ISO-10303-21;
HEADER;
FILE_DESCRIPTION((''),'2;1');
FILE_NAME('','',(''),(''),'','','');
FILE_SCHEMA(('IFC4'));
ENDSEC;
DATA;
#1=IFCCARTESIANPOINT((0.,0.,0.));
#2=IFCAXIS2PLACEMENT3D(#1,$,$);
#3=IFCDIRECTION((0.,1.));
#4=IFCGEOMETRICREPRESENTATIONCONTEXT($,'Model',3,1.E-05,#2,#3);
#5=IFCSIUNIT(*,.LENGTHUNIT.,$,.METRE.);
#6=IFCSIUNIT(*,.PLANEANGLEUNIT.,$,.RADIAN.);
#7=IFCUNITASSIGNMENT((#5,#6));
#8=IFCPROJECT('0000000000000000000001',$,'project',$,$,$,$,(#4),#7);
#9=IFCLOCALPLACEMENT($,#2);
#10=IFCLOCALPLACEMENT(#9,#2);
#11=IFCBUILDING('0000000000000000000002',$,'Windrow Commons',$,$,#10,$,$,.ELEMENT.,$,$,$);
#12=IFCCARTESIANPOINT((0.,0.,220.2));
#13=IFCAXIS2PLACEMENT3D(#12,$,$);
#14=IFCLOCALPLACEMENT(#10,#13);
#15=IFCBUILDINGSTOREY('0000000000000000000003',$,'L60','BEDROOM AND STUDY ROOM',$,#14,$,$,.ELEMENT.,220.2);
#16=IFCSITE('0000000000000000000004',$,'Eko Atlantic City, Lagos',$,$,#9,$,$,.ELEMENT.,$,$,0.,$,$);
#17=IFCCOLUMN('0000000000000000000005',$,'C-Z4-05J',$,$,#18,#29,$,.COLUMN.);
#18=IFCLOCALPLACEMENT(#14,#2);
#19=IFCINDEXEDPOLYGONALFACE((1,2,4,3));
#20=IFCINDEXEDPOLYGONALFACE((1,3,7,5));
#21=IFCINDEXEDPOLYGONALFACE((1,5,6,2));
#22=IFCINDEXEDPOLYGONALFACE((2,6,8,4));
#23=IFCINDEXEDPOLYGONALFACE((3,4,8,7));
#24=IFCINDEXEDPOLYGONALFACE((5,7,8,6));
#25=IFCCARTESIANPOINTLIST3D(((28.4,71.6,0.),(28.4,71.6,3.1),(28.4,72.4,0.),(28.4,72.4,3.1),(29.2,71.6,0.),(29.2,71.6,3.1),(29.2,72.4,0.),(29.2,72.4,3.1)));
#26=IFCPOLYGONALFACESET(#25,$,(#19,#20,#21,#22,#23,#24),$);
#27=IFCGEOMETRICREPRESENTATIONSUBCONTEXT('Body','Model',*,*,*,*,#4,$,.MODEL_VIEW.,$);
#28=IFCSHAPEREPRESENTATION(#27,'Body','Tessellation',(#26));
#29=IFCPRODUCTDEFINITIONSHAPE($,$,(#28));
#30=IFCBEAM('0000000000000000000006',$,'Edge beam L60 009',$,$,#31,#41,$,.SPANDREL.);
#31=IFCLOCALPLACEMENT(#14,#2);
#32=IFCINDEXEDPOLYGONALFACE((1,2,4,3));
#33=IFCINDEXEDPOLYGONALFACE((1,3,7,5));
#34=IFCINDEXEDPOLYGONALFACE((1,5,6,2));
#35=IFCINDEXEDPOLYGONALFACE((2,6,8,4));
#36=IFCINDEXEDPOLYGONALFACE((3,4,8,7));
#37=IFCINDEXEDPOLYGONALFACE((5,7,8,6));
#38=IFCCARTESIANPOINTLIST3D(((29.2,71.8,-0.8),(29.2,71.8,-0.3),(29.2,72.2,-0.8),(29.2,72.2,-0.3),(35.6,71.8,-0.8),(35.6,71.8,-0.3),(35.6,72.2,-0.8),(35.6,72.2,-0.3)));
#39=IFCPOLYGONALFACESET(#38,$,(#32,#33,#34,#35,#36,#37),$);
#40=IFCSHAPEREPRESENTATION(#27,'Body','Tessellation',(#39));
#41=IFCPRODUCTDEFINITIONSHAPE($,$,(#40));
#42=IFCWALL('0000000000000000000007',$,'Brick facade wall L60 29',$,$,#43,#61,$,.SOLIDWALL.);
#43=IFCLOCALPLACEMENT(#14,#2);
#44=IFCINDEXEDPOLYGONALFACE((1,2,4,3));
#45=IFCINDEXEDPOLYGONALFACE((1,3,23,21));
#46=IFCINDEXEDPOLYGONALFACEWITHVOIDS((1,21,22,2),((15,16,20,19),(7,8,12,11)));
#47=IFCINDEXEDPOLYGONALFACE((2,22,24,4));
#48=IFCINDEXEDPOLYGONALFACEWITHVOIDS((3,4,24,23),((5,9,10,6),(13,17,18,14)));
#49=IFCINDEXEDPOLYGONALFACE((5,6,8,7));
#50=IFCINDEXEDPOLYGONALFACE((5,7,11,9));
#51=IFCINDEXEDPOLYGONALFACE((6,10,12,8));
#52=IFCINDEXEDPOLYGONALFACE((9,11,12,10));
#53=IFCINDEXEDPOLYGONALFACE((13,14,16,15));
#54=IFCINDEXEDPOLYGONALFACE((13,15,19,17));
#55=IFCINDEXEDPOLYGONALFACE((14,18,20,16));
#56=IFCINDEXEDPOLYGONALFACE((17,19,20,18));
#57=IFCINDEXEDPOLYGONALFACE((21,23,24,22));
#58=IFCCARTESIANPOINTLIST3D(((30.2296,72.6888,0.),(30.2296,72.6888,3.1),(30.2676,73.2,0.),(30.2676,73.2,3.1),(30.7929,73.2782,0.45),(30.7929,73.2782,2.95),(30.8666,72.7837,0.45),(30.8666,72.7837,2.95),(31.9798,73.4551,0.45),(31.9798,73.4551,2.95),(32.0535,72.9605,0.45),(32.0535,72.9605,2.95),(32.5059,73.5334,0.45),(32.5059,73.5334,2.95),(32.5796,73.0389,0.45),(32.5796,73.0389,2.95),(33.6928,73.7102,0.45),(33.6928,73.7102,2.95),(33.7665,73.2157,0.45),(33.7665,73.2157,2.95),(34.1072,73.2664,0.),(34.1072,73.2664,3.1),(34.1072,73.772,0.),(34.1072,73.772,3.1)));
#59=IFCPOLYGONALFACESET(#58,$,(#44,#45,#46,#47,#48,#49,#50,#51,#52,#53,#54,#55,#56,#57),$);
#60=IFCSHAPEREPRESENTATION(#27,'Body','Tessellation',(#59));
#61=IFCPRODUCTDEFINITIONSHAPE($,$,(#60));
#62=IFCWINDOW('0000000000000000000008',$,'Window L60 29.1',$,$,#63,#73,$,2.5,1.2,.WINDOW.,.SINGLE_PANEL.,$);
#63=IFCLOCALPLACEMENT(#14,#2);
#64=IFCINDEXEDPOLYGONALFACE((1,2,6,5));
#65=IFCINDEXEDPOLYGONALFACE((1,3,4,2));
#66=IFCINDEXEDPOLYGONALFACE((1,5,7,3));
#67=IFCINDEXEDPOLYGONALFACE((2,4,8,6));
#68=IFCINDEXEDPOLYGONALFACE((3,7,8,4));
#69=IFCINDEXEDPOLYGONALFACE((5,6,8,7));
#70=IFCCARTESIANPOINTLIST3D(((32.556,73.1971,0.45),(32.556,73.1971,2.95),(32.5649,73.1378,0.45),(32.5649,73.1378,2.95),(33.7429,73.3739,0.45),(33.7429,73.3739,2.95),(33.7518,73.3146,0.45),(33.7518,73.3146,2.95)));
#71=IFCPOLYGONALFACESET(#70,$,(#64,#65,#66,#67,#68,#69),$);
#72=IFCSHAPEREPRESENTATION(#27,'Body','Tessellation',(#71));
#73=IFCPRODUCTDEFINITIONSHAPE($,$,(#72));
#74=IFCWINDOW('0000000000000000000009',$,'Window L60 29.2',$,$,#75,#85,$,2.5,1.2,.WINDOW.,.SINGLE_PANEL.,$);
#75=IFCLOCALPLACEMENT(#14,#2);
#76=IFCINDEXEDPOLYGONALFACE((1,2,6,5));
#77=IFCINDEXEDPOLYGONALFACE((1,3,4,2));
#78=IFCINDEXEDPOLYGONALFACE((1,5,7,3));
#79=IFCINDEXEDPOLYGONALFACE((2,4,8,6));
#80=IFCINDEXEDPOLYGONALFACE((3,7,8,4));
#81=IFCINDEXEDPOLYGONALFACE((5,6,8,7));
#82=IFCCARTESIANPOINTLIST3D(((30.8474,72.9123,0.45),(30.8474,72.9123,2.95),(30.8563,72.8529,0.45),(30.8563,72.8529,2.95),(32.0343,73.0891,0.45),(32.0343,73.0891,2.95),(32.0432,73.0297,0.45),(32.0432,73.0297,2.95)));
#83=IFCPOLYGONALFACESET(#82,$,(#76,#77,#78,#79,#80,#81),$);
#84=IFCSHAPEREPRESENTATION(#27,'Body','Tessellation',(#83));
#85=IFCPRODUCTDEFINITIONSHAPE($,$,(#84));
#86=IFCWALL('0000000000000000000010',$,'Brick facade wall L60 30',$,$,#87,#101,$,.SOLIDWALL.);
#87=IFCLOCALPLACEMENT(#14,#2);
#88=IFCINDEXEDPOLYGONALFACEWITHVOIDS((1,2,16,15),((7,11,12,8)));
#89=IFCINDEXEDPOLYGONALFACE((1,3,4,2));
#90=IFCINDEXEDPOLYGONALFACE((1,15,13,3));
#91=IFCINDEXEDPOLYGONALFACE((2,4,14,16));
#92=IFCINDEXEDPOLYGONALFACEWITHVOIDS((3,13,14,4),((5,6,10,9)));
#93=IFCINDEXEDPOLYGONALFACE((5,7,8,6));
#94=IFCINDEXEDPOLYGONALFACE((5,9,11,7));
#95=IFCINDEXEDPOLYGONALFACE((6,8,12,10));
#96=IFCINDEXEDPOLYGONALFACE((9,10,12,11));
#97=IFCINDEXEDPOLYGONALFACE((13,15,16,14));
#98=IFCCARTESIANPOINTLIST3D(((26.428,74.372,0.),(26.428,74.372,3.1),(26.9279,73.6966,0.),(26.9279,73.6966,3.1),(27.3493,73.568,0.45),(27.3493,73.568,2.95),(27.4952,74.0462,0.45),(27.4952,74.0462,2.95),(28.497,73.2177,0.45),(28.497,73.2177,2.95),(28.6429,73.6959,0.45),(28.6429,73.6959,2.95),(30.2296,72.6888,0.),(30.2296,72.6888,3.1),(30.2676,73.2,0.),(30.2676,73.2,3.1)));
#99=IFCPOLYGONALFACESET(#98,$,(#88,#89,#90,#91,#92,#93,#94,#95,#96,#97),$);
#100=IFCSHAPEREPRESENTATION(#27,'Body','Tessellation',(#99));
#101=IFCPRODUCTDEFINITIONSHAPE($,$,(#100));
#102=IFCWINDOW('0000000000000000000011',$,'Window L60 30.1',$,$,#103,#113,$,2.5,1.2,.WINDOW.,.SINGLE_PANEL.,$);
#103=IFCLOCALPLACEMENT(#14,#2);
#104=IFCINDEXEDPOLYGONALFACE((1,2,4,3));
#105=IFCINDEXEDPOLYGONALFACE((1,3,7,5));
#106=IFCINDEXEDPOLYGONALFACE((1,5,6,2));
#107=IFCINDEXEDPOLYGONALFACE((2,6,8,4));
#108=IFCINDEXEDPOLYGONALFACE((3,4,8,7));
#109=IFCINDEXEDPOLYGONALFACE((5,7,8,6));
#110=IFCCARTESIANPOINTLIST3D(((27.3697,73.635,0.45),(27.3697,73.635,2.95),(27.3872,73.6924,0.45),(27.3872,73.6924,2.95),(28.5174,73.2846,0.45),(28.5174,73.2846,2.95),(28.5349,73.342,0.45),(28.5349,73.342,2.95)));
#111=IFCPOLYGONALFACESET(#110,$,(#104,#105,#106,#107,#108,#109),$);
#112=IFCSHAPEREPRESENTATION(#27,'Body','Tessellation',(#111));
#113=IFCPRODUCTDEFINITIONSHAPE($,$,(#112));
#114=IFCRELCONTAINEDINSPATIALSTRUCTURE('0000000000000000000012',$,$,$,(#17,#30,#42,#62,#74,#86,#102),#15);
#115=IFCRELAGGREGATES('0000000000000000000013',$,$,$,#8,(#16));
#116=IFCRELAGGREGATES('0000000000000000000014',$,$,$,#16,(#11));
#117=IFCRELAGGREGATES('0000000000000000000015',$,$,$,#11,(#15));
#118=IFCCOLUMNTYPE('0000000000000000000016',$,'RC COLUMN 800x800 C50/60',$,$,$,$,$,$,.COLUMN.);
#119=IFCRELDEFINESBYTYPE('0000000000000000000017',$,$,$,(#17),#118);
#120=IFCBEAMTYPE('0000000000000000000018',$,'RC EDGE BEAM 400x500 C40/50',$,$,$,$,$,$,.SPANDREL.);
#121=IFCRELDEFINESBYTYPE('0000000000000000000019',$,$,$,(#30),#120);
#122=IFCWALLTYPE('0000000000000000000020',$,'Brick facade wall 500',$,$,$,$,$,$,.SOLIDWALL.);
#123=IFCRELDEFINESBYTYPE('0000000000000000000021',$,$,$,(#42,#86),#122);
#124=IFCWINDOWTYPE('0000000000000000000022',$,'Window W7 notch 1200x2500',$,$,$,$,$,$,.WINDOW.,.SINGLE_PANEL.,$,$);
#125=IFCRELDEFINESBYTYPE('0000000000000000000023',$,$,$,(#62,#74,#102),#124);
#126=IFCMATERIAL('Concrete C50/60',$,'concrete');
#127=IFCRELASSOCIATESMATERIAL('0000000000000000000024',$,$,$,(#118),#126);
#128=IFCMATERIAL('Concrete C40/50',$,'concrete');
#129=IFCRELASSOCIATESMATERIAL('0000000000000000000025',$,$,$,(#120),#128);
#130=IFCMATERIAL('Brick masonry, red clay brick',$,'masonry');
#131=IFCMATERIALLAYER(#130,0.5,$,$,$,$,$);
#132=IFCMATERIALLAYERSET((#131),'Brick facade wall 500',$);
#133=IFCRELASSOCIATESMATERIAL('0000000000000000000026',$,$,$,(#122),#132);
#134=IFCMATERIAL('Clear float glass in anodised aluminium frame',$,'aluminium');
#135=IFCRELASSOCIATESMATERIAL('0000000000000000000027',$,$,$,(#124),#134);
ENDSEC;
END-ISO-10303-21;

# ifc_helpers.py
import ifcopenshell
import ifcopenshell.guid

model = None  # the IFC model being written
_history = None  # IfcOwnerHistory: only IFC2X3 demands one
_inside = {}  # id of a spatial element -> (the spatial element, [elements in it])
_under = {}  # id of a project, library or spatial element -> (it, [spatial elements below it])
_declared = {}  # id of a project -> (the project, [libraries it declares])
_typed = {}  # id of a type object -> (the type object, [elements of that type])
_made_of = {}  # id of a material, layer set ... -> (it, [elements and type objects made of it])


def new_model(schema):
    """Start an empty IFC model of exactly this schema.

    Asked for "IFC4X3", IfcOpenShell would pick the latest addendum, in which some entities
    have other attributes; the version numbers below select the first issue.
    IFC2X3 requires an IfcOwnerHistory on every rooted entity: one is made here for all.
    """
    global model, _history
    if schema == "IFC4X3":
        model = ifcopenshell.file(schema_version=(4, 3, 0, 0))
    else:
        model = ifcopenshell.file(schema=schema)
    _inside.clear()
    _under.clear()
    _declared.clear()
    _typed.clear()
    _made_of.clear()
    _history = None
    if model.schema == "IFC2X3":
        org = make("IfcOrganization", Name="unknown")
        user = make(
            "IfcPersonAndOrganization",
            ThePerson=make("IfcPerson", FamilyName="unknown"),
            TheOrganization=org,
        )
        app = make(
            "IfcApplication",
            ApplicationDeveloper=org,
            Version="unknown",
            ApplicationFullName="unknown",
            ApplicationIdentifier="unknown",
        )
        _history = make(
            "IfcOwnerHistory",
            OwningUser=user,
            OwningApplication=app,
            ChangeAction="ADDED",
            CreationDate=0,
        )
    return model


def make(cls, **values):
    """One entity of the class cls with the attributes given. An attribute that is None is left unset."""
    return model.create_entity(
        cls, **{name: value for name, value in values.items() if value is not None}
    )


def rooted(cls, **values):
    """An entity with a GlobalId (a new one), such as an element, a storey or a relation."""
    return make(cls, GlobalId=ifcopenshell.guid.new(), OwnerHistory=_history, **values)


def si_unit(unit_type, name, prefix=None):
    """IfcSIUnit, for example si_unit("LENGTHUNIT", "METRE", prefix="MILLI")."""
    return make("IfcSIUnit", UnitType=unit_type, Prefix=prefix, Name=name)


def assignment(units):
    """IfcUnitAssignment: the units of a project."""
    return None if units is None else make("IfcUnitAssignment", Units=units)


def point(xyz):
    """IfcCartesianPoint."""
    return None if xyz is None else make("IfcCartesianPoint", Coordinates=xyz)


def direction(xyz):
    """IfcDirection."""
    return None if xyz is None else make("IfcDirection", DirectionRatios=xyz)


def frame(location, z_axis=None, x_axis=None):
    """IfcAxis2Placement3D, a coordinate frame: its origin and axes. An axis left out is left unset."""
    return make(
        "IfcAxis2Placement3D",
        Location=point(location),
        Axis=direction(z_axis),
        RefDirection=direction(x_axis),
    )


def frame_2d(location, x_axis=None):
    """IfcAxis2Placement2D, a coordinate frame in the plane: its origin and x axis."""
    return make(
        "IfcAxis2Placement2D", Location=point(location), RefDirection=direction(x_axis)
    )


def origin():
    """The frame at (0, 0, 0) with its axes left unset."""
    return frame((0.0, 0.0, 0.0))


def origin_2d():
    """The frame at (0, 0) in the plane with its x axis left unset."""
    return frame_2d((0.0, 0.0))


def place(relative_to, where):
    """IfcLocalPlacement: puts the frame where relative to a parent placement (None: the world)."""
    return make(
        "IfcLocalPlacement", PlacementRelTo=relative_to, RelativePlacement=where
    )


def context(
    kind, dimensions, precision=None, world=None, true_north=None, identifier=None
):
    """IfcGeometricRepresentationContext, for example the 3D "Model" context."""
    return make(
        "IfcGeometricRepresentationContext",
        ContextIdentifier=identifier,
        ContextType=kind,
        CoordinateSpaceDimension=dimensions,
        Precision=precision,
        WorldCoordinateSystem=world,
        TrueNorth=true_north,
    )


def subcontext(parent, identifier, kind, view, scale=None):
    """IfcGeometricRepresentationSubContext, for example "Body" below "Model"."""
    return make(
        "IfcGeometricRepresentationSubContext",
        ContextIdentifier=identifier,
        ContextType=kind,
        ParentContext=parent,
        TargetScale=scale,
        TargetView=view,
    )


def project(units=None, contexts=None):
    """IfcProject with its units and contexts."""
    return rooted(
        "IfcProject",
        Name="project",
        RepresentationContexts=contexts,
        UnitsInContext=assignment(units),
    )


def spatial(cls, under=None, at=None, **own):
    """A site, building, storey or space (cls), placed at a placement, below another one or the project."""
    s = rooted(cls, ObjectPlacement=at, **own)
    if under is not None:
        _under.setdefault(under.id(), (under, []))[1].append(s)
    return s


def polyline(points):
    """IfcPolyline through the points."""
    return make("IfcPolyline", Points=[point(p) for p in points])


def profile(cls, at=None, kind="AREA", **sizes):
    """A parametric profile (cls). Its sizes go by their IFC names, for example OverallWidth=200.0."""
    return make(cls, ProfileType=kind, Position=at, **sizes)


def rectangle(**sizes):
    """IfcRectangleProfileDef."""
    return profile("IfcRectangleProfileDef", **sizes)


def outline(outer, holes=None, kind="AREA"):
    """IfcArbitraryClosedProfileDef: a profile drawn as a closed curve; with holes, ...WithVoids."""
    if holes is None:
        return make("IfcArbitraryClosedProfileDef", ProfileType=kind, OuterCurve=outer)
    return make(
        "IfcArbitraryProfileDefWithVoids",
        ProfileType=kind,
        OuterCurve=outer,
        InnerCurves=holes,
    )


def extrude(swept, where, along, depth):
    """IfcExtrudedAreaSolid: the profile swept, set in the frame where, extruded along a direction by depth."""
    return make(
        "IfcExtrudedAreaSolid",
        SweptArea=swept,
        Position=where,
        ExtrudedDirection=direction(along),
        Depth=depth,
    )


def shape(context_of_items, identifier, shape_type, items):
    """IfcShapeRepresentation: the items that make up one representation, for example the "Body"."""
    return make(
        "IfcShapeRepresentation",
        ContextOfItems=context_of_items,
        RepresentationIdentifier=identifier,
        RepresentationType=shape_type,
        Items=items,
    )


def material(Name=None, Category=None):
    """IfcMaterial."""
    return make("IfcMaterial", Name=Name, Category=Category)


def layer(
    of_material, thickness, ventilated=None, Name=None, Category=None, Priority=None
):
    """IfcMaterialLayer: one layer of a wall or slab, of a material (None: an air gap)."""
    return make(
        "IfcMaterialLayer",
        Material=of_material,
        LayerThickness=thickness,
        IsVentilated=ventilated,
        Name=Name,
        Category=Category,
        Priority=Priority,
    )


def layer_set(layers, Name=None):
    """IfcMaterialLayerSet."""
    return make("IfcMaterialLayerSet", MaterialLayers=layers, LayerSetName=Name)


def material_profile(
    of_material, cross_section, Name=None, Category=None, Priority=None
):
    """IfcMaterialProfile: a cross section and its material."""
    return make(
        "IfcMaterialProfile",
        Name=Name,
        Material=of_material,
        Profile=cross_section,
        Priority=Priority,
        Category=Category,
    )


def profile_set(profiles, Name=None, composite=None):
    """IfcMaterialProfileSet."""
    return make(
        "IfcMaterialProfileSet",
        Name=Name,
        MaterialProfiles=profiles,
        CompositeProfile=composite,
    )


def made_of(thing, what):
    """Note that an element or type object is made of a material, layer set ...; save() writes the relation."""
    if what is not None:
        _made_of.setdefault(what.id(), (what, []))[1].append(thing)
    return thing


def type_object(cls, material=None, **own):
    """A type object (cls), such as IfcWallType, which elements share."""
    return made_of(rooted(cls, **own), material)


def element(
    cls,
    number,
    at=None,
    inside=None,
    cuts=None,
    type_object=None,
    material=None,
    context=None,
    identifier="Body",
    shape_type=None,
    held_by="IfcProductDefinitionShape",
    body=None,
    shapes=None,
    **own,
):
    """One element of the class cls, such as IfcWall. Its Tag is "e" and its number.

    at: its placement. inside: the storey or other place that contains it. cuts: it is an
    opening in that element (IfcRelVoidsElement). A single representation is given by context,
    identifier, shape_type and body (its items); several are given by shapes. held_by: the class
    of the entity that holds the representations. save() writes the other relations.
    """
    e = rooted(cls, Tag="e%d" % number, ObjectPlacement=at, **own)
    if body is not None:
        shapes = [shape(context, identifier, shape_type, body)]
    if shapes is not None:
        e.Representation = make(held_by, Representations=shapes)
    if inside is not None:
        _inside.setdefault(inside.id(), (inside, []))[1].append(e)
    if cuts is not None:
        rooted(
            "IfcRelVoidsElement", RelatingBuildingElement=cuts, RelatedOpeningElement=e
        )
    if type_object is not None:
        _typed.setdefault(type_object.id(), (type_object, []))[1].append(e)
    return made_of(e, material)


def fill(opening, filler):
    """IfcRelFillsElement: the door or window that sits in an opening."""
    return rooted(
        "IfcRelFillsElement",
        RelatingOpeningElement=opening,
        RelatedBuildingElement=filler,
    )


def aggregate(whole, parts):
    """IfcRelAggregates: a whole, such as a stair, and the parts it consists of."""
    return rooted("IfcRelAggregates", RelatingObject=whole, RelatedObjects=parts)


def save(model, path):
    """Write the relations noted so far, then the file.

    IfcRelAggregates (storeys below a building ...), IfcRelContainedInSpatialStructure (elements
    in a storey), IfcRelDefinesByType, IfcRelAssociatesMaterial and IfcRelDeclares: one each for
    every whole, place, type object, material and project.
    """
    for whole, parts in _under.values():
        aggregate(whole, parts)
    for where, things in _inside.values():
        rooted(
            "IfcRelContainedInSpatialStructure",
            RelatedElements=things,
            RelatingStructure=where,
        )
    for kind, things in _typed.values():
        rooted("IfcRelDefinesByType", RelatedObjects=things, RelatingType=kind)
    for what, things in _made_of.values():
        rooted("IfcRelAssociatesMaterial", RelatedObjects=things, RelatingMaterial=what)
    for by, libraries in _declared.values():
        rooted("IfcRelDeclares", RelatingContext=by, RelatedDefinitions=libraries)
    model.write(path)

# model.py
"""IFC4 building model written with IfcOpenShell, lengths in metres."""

from ifc_helpers import new_model, si_unit, direction, frame, frame_2d, origin, origin_2d, place, context, subcontext, project, spatial, polyline, rectangle, outline, extrude, material, layer, layer_set, material_profile, profile_set, type_object, element, fill, save


model = new_model("IFC4")

# Units and contexts
model_context = context("Model", 3, precision=1e-05, world=origin(), true_north=direction((0.0, 1.0)))
body_context = subcontext(model_context, "Body", "Model", "MODEL_VIEW")
ifc_project = project(units=[si_unit("LENGTHUNIT", "METRE"), si_unit("PLANEANGLEUNIT", "RADIAN")], contexts=[model_context])

# Site, building, storey
site_placement = place(None, origin())
site = spatial("IfcSite", under=ifc_project, at=site_placement, Name="Eko Atlantic City, Lagos", CompositionType="ELEMENT", RefElevation=0.0)
building_placement = place(site_placement, origin())
building = spatial("IfcBuilding", under=site, at=building_placement, Name="Windrow Commons", CompositionType="ELEMENT")
storey_placement = place(building_placement, frame((0.0, 0.0, 220.2)))
storey = spatial("IfcBuildingStorey", under=building, at=storey_placement, Name="L60", Description="BEDROOM AND STUDY ROOM", CompositionType="ELEMENT", Elevation=220.2)

# Column
ifc_material_1 = material(Name="Concrete C50/60", Category="concrete")
ifc_material_profile_1 = material_profile(ifc_material_1, rectangle(XDim=0.8, YDim=0.8, at=origin_2d()))
ifc_profile_set_1 = profile_set([ifc_material_profile_1], Name="Concrete C50/60")
column_type = type_object("IfcColumnType", Name="RC COLUMN 800x800 C50/60", PredefinedType="COLUMN", material=ifc_profile_set_1)
column_placement = place(storey_placement, frame((28.8, 72.0, 0.0), z_axis=(0.0, 0.0, 1.0), x_axis=(1.0, 0.0, 0.0)))
element("IfcColumn", 1, at=column_placement, inside=storey, type_object=column_type, Name="C-Z4-05J", PredefinedType="COLUMN", context=body_context, shape_type="SweptSolid", body=[
    extrude(rectangle(XDim=0.8, YDim=0.8, at=origin_2d()), origin(), (0.0, 0.0, 1.0), 3.1),
])

# Beam
ifc_material_2 = material(Name="Concrete C40/50", Category="concrete")
ifc_material_profile_2 = material_profile(ifc_material_2, rectangle(XDim=0.4, YDim=0.5, at=origin_2d()))
ifc_profile_set_2 = profile_set([ifc_material_profile_2], Name="Concrete C40/50")
beam_type = type_object("IfcBeamType", Name="RC EDGE BEAM 400x500 C40/50", PredefinedType="SPANDREL", material=ifc_profile_set_2)
beam_placement = place(storey_placement, frame((29.2, 72.0, -0.55), z_axis=(1.0, 0.0, 0.0), x_axis=(0.0, 1.0, 0.0)))
element("IfcBeam", 2, at=beam_placement, inside=storey, type_object=beam_type, Name="Edge beam L60 009", PredefinedType="SPANDREL", context=body_context, shape_type="SweptSolid", body=[
    extrude(rectangle(XDim=0.4, YDim=0.5, at=origin_2d()), origin(), (0.0, 0.0, 1.0), 6.4),
])

# Wall, openings, windows
ifc_material_3 = material(Name="Brick masonry, red clay brick", Category="masonry")
ifc_layer_1 = layer(ifc_material_3, 0.5)
ifc_layer_set_1 = layer_set([ifc_layer_1], Name="Brick facade wall 500")
wall_type_1 = type_object("IfcWallType", Name="Brick facade wall 500", PredefinedType="SOLIDWALL", material=ifc_layer_set_1)
wall_1_placement = place(storey_placement, frame((34.1072, 73.5192, 0.0), z_axis=(0.0, 0.0, 1.0), x_axis=(-0.989086, -0.14734, 0.0)))
wall_1 = element("IfcWall", 3, at=wall_1_placement, inside=storey, type_object=wall_type_1, Name="Brick facade wall L60 29", PredefinedType="SOLIDWALL", context=body_context, shape_type="SweptSolid", body=[
    extrude(outline(polyline([(-0.0372, -0.25), (3.8447, -0.25), (3.9576, 0.25), (0.0372, 0.25), (-0.0372, -0.25)])), origin(), (0.0, 0.0, 1.0), 3.1),
])
opening_1_placement = place(wall_1_placement, frame((0.3817, 0.0, 0.45)))
opening_1 = element("IfcOpeningElement", 4, at=opening_1_placement, cuts=wall_1, PredefinedType="OPENING", context=body_context, shape_type="SweptSolid", body=[
    extrude(rectangle(XDim=1.2, YDim=2.5, at=frame_2d((0.6, 1.25))), frame((0.0, 0.26, 0.0), z_axis=(0.0, -1.0, 0.0), x_axis=(1.0, 0.0, 0.0)), (0.0, 0.0, 1.0), 0.52),
])
opening_2_placement = place(wall_1_placement, frame((2.1136, 0.0, 0.45)))
opening_2 = element("IfcOpeningElement", 5, at=opening_2_placement, cuts=wall_1, PredefinedType="OPENING", context=body_context, shape_type="SweptSolid", body=[
    extrude(rectangle(XDim=1.2, YDim=2.5, at=frame_2d((0.6, 1.25))), frame((0.0, 0.26, 0.0), z_axis=(0.0, -1.0, 0.0), x_axis=(1.0, 0.0, 0.0)), (0.0, 0.0, 1.0), 0.52),
])
ifc_material_4 = material(Name="Clear float glass in anodised aluminium frame", Category="aluminium")
window_type_1 = type_object("IfcWindowType", Name="Window W7 notch 1200x2500", PartitioningType="SINGLE_PANEL", PredefinedType="WINDOW", material=ifc_material_4)
window_1_placement = place(opening_1_placement, origin())
window_1 = element("IfcWindow", 6, at=window_1_placement, inside=storey, type_object=window_type_1, Name="Window L60 29.1", OverallHeight=2.5, OverallWidth=1.2, PartitioningType="SINGLE_PANEL", PredefinedType="WINDOW", context=body_context, shape_type="SweptSolid", body=[
    extrude(rectangle(XDim=1.2, YDim=2.5, at=frame_2d((0.6, 1.25))), frame((0.0, 0.15, 0.0), z_axis=(0.0, -1.0, 0.0), x_axis=(1.0, 0.0, 0.0)), (0.0, 0.0, 1.0), 0.06),
])
fill(opening_1, window_1)
window_2_placement = place(opening_2_placement, origin())
window_2 = element("IfcWindow", 7, at=window_2_placement, inside=storey, type_object=window_type_1, Name="Window L60 29.2", OverallHeight=2.5, OverallWidth=1.2, PartitioningType="SINGLE_PANEL", PredefinedType="WINDOW", context=body_context, shape_type="SweptSolid", body=[
    extrude(rectangle(XDim=1.2, YDim=2.5, at=frame_2d((0.6, 1.25))), frame((0.0, 0.18, 0.0), z_axis=(0.0, -1.0, 0.0), x_axis=(1.0, 0.0, 0.0)), (0.0, 0.0, 1.0), 0.06),
])
fill(opening_2, window_2)

# Wall, opening, window
wall_2_placement = place(storey_placement, frame((30.2486, 72.9444, 0.0), z_axis=(0.0, 0.0, 1.0), x_axis=(-0.956435, 0.291945, 0.0)))
wall_2 = element("IfcWall", 8, at=wall_2_placement, inside=storey, type_object=wall_type_1, Name="Brick facade wall L60 30", PredefinedType="SOLIDWALL", context=body_context, shape_type="SweptSolid", body=[
    extrude(outline(polyline([(0.0564, -0.25), (4.0709, -0.25), (3.3956, 0.25), (-0.0564, 0.25), (0.0564, -0.25)])), origin(), (0.0, 0.0, 1.0), 3.1),
])
opening_3_placement = place(wall_2_placement, frame((1.7551, 0.0, 0.45)))
opening_3 = element("IfcOpeningElement", 9, at=opening_3_placement, cuts=wall_2, PredefinedType="OPENING", context=body_context, shape_type="SweptSolid", body=[
    extrude(rectangle(XDim=1.2, YDim=2.5, at=frame_2d((0.6, 1.25))), frame((0.0, 0.26, 0.0), z_axis=(0.0, -1.0, 0.0), x_axis=(1.0, 0.0, 0.0)), (0.0, 0.0, 1.0), 0.52),
])
window_3_placement = place(opening_3_placement, origin())
window_3 = element("IfcWindow", 10, at=window_3_placement, inside=storey, type_object=window_type_1, Name="Window L60 30.1", OverallHeight=2.5, OverallWidth=1.2, PartitioningType="SINGLE_PANEL", PredefinedType="WINDOW", context=body_context, shape_type="SweptSolid", body=[
    extrude(rectangle(XDim=1.2, YDim=2.5, at=frame_2d((0.6, 1.25))), frame((0.0, 0.18, 0.0), z_axis=(0.0, -1.0, 0.0), x_axis=(1.0, 0.0, 0.0)), (0.0, 0.0, 1.0), 0.06),
])
fill(opening_3, window_3)

save(model, "model.ifc")
